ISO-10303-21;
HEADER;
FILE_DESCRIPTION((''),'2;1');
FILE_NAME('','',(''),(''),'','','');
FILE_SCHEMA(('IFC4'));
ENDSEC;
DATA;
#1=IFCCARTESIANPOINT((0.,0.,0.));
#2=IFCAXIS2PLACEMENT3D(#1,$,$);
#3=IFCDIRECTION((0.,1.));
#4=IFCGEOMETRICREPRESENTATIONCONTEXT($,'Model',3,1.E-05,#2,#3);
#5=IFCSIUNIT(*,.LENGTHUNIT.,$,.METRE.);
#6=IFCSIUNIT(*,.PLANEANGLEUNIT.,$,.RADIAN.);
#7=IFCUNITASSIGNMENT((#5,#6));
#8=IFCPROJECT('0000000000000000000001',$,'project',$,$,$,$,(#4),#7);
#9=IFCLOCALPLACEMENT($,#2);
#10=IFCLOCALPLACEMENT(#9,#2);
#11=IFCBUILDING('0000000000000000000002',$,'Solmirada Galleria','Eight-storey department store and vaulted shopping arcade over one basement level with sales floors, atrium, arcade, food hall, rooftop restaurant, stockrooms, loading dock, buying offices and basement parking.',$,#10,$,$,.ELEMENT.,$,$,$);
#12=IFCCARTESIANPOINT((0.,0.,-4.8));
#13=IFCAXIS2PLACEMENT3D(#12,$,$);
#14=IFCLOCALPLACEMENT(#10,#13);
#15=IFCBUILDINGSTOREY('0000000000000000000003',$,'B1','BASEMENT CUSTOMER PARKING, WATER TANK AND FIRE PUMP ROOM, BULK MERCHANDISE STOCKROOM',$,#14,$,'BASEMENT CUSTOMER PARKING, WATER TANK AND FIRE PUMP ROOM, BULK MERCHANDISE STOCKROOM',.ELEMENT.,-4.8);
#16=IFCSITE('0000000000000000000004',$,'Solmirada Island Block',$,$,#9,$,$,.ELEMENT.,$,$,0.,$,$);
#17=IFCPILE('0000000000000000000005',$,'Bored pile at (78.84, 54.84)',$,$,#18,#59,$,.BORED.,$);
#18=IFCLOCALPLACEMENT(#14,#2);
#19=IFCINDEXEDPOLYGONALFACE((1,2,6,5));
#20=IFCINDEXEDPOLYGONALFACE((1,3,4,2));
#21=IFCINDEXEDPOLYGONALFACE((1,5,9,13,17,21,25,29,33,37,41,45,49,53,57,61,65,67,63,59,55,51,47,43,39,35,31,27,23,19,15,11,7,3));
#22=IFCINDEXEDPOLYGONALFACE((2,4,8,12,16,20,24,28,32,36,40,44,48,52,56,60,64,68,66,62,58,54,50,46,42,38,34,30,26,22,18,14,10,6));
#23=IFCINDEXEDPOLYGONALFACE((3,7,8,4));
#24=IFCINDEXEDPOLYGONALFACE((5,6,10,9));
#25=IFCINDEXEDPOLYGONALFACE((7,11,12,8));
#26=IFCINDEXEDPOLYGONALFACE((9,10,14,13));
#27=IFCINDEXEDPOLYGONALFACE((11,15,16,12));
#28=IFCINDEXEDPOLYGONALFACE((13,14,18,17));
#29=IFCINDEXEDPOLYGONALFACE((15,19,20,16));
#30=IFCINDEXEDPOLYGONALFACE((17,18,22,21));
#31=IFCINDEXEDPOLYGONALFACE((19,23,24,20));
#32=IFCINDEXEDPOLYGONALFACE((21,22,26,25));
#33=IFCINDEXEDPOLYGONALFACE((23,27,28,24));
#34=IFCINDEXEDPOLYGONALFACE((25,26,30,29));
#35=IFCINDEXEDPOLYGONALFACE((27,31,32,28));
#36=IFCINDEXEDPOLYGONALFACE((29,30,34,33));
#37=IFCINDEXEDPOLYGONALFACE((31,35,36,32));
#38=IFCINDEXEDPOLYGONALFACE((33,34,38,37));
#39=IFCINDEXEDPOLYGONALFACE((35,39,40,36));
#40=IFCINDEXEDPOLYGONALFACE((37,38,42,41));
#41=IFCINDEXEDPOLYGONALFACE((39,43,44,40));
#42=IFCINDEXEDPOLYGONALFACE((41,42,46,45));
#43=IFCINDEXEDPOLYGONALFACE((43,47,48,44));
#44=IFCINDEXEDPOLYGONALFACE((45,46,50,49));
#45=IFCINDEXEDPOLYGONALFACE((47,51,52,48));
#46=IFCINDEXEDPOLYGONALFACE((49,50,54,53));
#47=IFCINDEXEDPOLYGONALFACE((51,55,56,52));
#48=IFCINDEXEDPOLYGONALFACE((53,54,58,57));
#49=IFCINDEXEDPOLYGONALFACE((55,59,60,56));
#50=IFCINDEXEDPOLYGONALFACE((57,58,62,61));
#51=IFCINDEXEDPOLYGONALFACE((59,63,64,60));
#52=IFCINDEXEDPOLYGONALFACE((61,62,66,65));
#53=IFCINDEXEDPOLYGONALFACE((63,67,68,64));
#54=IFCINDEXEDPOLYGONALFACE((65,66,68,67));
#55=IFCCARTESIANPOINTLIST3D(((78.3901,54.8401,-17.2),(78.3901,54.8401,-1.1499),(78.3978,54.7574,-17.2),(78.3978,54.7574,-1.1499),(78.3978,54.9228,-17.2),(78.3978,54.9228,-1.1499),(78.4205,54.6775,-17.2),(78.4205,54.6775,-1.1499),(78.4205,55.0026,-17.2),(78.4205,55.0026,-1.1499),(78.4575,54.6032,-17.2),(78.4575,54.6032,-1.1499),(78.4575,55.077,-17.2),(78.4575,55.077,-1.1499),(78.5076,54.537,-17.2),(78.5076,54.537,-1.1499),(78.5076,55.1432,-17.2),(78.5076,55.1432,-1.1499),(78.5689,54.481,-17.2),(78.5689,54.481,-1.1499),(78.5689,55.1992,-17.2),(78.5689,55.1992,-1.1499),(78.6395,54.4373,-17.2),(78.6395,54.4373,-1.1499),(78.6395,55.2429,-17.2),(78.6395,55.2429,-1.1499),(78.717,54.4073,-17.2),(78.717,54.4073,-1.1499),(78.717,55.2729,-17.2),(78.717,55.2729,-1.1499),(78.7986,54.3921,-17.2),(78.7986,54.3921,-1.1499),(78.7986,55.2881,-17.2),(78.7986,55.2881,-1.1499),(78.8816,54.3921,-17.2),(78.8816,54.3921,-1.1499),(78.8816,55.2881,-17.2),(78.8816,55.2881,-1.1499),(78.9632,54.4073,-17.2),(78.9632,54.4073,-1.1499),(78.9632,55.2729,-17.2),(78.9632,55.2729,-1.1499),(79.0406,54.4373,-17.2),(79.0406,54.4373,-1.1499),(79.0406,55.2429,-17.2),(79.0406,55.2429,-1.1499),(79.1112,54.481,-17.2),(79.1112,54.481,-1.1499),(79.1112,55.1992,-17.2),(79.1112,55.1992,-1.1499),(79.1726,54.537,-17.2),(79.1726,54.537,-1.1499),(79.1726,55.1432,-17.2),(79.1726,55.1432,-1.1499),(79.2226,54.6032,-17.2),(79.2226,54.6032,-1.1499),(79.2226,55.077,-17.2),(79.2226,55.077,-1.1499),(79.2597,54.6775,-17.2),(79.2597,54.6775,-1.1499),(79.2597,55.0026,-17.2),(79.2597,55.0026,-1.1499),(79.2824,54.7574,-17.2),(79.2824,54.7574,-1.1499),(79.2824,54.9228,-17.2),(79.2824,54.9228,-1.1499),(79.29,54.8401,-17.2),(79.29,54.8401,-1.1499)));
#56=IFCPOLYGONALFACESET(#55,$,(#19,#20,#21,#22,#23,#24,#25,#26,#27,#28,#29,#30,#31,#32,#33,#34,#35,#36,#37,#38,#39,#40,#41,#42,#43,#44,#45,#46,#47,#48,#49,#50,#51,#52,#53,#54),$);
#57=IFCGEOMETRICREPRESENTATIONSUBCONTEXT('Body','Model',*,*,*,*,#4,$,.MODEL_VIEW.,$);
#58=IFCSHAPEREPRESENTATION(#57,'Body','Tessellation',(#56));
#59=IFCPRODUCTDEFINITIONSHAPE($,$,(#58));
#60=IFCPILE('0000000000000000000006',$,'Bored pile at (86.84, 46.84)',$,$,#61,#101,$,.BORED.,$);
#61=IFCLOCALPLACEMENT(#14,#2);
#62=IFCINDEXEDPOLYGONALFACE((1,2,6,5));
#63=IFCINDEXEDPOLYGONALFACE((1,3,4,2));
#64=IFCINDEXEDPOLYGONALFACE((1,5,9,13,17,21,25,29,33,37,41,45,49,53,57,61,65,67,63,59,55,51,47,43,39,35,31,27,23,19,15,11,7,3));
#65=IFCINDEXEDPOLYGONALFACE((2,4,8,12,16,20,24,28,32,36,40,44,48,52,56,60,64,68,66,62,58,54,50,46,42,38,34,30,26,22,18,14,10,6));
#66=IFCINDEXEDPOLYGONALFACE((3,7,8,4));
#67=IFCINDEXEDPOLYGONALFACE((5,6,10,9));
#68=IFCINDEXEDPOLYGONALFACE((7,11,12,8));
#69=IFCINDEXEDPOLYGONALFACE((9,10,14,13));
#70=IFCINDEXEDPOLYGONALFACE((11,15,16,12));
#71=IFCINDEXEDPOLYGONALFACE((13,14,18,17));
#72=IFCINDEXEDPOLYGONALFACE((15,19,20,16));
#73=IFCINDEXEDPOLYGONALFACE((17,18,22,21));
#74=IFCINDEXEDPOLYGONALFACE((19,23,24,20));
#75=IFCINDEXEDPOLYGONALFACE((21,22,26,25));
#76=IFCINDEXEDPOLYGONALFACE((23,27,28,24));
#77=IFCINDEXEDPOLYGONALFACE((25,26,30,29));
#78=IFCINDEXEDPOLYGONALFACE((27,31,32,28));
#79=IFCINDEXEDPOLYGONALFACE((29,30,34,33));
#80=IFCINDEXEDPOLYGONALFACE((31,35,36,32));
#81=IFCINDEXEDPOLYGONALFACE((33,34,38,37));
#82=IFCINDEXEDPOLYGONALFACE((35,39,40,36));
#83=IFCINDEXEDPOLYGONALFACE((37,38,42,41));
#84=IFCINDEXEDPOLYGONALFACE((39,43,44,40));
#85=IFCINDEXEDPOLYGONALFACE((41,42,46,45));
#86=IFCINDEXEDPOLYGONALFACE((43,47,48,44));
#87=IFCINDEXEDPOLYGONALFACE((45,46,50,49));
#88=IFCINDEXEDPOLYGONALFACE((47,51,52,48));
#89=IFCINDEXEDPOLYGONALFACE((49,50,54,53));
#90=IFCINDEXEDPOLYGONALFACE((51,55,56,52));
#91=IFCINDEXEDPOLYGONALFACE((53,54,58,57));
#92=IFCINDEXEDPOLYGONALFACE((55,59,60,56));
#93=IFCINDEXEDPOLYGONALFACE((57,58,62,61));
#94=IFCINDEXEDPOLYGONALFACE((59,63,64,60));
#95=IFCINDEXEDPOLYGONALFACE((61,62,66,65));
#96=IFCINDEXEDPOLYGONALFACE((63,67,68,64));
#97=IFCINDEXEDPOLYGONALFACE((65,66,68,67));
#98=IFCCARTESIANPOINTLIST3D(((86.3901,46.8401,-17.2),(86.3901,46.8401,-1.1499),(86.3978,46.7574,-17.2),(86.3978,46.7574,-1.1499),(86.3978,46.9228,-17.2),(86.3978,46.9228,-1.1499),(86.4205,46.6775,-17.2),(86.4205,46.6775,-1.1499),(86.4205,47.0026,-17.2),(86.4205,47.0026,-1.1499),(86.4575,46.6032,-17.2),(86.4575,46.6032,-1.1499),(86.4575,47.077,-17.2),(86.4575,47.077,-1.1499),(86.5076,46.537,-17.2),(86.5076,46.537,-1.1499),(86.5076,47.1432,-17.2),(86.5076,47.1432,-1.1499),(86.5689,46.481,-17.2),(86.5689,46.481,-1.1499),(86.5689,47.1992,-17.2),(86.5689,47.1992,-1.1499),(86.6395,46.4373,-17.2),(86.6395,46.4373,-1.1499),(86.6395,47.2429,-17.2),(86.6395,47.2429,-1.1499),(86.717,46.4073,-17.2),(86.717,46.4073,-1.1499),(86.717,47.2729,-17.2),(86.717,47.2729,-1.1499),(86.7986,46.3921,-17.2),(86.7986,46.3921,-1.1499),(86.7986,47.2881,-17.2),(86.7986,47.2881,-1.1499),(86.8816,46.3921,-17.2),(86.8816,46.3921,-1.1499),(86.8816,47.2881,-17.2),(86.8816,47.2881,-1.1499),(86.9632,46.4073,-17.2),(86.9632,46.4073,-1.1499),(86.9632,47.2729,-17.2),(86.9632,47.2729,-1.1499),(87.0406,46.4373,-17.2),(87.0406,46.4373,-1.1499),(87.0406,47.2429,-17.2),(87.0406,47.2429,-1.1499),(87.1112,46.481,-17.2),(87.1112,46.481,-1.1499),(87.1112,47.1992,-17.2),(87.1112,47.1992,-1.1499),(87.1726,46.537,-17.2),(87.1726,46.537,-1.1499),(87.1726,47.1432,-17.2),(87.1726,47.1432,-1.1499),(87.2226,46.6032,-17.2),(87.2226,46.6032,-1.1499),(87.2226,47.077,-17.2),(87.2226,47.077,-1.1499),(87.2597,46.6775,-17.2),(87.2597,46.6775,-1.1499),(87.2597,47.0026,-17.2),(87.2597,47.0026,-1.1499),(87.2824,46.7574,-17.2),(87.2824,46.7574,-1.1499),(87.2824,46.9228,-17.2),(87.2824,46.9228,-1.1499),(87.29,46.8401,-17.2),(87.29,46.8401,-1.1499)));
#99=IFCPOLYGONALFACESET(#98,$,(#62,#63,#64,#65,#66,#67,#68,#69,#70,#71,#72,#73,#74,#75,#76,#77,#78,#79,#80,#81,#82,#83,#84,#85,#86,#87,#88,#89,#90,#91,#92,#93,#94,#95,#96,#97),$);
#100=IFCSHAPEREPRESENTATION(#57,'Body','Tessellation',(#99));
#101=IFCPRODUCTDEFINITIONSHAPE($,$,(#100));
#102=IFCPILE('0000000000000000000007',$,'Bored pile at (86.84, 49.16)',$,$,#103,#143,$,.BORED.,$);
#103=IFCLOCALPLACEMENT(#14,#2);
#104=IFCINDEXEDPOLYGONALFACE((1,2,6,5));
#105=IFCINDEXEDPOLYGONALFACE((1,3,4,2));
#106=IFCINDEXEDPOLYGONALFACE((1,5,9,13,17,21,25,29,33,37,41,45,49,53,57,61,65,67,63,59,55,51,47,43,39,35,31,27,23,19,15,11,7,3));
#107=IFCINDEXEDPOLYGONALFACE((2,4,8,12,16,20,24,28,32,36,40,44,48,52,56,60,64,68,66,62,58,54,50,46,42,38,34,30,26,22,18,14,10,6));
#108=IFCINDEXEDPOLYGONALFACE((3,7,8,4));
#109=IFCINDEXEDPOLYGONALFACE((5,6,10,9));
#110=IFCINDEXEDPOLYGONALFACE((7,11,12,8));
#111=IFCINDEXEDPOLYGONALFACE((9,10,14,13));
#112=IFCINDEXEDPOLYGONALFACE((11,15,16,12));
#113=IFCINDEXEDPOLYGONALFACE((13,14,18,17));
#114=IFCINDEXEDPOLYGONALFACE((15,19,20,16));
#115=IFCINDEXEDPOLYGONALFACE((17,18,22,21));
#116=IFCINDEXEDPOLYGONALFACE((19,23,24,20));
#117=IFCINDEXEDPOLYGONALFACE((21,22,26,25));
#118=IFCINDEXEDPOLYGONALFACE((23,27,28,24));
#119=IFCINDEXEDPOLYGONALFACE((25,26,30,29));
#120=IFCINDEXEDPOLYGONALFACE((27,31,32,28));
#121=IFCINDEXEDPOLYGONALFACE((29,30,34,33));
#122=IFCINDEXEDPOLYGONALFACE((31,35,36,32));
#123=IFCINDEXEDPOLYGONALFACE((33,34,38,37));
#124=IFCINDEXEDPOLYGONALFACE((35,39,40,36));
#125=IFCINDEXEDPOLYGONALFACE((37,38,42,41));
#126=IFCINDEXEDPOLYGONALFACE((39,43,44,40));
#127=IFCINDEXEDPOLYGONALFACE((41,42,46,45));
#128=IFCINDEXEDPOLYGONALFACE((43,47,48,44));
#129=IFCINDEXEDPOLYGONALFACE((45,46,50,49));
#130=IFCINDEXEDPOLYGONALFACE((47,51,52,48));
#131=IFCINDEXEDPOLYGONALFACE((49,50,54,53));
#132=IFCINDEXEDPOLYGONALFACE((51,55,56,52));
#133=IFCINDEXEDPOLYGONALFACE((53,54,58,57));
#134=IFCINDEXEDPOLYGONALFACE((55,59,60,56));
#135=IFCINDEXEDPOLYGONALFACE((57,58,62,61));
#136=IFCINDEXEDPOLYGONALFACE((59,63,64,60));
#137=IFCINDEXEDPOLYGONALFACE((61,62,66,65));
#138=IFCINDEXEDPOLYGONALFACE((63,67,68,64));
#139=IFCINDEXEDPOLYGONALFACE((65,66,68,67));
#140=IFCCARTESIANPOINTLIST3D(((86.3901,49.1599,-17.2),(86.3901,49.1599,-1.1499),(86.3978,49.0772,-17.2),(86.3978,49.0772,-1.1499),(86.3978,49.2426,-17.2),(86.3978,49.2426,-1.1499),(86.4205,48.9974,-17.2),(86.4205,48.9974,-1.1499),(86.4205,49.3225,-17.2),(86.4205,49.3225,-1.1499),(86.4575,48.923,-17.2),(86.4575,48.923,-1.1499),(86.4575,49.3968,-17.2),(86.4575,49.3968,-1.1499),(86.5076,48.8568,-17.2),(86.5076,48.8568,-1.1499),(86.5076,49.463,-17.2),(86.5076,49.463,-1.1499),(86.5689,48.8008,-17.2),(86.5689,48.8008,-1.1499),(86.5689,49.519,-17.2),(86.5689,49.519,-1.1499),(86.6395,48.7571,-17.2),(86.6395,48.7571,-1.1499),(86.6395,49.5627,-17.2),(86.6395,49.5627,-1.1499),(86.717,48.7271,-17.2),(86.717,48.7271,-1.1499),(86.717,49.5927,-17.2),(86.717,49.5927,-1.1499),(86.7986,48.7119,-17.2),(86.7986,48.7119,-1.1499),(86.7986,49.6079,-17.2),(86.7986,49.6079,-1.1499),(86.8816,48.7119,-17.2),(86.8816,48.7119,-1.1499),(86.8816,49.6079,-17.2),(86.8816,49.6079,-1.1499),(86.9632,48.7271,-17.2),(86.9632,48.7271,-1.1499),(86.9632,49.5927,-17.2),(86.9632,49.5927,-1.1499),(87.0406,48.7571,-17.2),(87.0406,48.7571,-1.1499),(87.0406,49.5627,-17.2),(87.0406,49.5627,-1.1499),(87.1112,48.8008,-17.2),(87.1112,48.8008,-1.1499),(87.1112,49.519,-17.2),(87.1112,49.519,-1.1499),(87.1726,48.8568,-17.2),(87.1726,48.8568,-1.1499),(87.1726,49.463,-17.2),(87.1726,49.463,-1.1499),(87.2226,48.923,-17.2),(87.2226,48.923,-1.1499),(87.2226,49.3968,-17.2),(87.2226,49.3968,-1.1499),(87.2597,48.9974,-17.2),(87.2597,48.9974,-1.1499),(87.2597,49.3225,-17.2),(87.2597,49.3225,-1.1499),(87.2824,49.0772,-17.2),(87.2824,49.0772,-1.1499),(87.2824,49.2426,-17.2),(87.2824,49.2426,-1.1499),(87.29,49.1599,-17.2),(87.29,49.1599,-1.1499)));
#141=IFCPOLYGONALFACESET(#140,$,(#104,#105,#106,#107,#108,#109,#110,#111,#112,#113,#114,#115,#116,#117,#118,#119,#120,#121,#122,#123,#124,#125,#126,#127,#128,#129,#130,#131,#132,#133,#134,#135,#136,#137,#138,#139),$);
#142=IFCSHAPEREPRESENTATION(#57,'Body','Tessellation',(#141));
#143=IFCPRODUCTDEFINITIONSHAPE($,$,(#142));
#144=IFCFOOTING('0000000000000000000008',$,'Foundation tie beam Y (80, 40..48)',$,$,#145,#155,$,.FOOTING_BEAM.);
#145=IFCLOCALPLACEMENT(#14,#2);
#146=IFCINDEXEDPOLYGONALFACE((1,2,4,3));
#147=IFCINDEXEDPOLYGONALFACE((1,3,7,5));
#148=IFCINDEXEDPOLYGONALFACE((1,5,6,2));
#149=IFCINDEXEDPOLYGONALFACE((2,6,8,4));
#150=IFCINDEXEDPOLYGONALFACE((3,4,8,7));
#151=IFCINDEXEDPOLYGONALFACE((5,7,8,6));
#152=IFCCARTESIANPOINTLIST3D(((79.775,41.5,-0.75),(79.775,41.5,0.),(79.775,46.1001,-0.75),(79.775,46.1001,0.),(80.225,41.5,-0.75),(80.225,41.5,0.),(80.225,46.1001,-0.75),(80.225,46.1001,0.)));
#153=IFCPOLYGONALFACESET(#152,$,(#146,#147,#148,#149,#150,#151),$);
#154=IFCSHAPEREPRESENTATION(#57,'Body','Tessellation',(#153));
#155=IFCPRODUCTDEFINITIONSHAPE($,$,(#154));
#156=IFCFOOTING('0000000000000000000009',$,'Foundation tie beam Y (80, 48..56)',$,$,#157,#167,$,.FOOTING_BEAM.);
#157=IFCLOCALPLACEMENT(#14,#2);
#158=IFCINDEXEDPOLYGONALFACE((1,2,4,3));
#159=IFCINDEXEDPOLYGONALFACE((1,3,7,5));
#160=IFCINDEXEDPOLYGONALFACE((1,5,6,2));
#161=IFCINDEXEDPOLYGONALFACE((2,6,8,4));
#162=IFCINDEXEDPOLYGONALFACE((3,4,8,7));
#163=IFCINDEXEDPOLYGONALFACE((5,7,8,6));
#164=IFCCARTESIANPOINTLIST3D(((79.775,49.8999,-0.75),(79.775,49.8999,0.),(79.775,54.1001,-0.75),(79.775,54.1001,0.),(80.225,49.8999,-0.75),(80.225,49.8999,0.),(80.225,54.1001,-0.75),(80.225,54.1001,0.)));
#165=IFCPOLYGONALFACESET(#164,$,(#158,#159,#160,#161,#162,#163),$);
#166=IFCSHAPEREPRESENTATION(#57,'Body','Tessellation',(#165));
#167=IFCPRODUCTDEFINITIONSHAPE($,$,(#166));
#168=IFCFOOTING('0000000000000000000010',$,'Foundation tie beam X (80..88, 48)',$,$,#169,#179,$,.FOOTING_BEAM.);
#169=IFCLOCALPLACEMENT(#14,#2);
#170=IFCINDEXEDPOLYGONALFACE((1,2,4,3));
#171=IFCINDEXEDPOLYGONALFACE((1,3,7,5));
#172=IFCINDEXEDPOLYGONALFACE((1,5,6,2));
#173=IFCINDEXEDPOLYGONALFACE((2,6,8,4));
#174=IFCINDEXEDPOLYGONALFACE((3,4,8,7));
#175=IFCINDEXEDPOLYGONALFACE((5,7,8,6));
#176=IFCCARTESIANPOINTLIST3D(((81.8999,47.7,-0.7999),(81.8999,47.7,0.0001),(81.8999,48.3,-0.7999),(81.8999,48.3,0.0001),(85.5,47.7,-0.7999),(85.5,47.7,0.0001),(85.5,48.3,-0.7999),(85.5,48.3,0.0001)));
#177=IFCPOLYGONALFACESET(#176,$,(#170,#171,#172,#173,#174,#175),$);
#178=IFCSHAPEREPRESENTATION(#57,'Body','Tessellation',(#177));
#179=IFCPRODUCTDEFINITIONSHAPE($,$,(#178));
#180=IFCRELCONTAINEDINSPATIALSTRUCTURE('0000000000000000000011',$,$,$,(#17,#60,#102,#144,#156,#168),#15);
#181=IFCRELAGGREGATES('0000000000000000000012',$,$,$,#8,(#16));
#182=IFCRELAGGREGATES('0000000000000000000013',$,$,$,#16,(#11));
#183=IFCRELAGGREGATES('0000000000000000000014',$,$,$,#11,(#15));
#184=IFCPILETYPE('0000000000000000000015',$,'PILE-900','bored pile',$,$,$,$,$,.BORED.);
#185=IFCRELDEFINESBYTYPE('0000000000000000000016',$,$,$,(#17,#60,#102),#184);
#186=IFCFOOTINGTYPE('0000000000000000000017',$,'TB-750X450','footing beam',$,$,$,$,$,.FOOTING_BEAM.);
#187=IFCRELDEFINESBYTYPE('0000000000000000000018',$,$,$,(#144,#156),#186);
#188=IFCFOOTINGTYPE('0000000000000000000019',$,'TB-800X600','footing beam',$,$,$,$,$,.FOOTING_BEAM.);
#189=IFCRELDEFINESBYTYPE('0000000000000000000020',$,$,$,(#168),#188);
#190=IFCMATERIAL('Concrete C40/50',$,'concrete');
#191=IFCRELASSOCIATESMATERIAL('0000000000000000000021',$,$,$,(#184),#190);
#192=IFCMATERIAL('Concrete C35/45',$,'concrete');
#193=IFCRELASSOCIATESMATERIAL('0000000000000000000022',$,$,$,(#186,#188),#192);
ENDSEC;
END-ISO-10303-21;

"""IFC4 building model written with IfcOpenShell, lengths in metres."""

from ifc_helpers import new_model, si_unit, direction, frame, origin, origin_2d, place, context, subcontext, project, spatial, rectangle, circle, extrude, material, material_profile, profile_set, type_object, element, save


model = new_model("IFC4")

# Units and contexts
model_context = context("Model", 3, precision=1e-05, world=origin(), true_north=direction((0.0, 1.0)))
body_context = subcontext(model_context, "Body", "Model", "MODEL_VIEW")
ifc_project = project(units=[si_unit("LENGTHUNIT", "METRE"), si_unit("PLANEANGLEUNIT", "RADIAN")], contexts=[model_context])

# Site, building, storey
site_placement = place(None, origin())
site = spatial("IfcSite", under=ifc_project, at=site_placement, Name="Solmirada Island Block", CompositionType="ELEMENT", RefElevation=0.0)
building_placement = place(site_placement, origin())
building = spatial("IfcBuilding", under=site, at=building_placement, Name="Solmirada Galleria", Description="Eight-storey department store and vaulted shopping arcade over one basement level with sales floors, atrium, arcade, food hall, rooftop restaurant, stockrooms, loading dock, buying offices and basement parking.", CompositionType="ELEMENT")
storey_placement = place(building_placement, frame((0.0, 0.0, -4.8)))
storey = spatial("IfcBuildingStorey", under=building, at=storey_placement, Name="B1", Description="BASEMENT CUSTOMER PARKING, WATER TANK AND FIRE PUMP ROOM, BULK MERCHANDISE STOCKROOM", LongName="BASEMENT CUSTOMER PARKING, WATER TANK AND FIRE PUMP ROOM, BULK MERCHANDISE STOCKROOM", CompositionType="ELEMENT", Elevation=-4.8)

# Shared definitions
ifc_material_1 = material(Name="Concrete C35/45", Category="concrete")

# Piles
ifc_material_2 = material(Name="Concrete C40/50", Category="concrete")
ifc_material_profile_1 = material_profile(ifc_material_2, circle(Radius=0.45, at=origin_2d()), Name="PILE900")
ifc_profile_set_1 = profile_set([ifc_material_profile_1], Name="Concrete C40/50")
pile_type = type_object("IfcPileType", Name="PILE-900", Description="bored pile", PredefinedType="BORED", material=ifc_profile_set_1)
for number, where, z_axis, x_axis, name in (
    (1, (78.8401, 54.8401, -1.1499), (0.0, 0.0, -1.0), (1.0, 0.0, 0.0), "Bored pile at (78.84, 54.84)"),
    (2, (86.8401, 46.8401, -1.1499), (0.0, 0.0, -1.0), (1.0, 0.0, 0.0), "Bored pile at (86.84, 46.84)"),
    (3, (86.8401, 49.1599, -1.1499), (0.0, 0.0, -1.0), (1.0, 0.0, 0.0), "Bored pile at (86.84, 49.16)"),
):
    element("IfcPile", number, at=place(storey_placement, frame(where, z_axis=z_axis, x_axis=x_axis)), inside=storey, type_object=pile_type, Name=name, PredefinedType="BORED", context=body_context, shape_type="SweptSolid", body=[
        extrude(circle(Radius=0.45, at=origin_2d()), origin(), (0.0, 0.0, 1.0), 16.05),
    ])

# Footings
ifc_material_profile_2 = material_profile(ifc_material_1, rectangle(XDim=0.45, YDim=0.75, at=origin_2d()), Name="RC750X450")
ifc_profile_set_2 = profile_set([ifc_material_profile_2], Name="Concrete C35/45")
footing_type_1 = type_object("IfcFootingType", Name="TB-750X450", Description="footing beam", PredefinedType="FOOTING_BEAM", material=ifc_profile_set_2)
footing_1_placement = place(storey_placement, frame((80.0, 41.5, -0.375), z_axis=(0.0, 1.0, 0.0), x_axis=(-1.0, 0.0, 0.0)))
element("IfcFooting", 4, at=footing_1_placement, inside=storey, type_object=footing_type_1, Name="Foundation tie beam Y (80, 40..48)", PredefinedType="FOOTING_BEAM", context=body_context, shape_type="SweptSolid", body=[
    extrude(rectangle(XDim=0.45, YDim=0.75, at=origin_2d()), origin(), (0.0, 0.0, 1.0), 4.6001),
])
footing_2_placement = place(storey_placement, frame((80.0, 49.8999, -0.375), z_axis=(0.0, 1.0, 0.0), x_axis=(-1.0, 0.0, 0.0)))
element("IfcFooting", 5, at=footing_2_placement, inside=storey, type_object=footing_type_1, Name="Foundation tie beam Y (80, 48..56)", PredefinedType="FOOTING_BEAM", context=body_context, shape_type="SweptSolid", body=[
    extrude(rectangle(XDim=0.45, YDim=0.75, at=origin_2d()), origin(), (0.0, 0.0, 1.0), 4.2002),
])
ifc_material_profile_3 = material_profile(ifc_material_1, rectangle(XDim=0.6001, YDim=0.8, at=origin_2d()), Name="RC800X600")
ifc_profile_set_3 = profile_set([ifc_material_profile_3], Name="Concrete C35/45")
footing_type_2 = type_object("IfcFootingType", Name="TB-800X600", Description="footing beam", PredefinedType="FOOTING_BEAM", material=ifc_profile_set_3)
footing_3_placement = place(storey_placement, frame((81.8999, 48.0, -0.3999), z_axis=(1.0, 0.0, 0.0), x_axis=(0.0, 1.0, 0.0)))
element("IfcFooting", 6, at=footing_3_placement, inside=storey, type_object=footing_type_2, Name="Foundation tie beam X (80..88, 48)", PredefinedType="FOOTING_BEAM", context=body_context, shape_type="SweptSolid", body=[
    extrude(rectangle(XDim=0.6001, YDim=0.8, at=origin_2d()), origin(), (0.0, 0.0, 1.0), 3.6001),
])

save(model, "model.ifc")
